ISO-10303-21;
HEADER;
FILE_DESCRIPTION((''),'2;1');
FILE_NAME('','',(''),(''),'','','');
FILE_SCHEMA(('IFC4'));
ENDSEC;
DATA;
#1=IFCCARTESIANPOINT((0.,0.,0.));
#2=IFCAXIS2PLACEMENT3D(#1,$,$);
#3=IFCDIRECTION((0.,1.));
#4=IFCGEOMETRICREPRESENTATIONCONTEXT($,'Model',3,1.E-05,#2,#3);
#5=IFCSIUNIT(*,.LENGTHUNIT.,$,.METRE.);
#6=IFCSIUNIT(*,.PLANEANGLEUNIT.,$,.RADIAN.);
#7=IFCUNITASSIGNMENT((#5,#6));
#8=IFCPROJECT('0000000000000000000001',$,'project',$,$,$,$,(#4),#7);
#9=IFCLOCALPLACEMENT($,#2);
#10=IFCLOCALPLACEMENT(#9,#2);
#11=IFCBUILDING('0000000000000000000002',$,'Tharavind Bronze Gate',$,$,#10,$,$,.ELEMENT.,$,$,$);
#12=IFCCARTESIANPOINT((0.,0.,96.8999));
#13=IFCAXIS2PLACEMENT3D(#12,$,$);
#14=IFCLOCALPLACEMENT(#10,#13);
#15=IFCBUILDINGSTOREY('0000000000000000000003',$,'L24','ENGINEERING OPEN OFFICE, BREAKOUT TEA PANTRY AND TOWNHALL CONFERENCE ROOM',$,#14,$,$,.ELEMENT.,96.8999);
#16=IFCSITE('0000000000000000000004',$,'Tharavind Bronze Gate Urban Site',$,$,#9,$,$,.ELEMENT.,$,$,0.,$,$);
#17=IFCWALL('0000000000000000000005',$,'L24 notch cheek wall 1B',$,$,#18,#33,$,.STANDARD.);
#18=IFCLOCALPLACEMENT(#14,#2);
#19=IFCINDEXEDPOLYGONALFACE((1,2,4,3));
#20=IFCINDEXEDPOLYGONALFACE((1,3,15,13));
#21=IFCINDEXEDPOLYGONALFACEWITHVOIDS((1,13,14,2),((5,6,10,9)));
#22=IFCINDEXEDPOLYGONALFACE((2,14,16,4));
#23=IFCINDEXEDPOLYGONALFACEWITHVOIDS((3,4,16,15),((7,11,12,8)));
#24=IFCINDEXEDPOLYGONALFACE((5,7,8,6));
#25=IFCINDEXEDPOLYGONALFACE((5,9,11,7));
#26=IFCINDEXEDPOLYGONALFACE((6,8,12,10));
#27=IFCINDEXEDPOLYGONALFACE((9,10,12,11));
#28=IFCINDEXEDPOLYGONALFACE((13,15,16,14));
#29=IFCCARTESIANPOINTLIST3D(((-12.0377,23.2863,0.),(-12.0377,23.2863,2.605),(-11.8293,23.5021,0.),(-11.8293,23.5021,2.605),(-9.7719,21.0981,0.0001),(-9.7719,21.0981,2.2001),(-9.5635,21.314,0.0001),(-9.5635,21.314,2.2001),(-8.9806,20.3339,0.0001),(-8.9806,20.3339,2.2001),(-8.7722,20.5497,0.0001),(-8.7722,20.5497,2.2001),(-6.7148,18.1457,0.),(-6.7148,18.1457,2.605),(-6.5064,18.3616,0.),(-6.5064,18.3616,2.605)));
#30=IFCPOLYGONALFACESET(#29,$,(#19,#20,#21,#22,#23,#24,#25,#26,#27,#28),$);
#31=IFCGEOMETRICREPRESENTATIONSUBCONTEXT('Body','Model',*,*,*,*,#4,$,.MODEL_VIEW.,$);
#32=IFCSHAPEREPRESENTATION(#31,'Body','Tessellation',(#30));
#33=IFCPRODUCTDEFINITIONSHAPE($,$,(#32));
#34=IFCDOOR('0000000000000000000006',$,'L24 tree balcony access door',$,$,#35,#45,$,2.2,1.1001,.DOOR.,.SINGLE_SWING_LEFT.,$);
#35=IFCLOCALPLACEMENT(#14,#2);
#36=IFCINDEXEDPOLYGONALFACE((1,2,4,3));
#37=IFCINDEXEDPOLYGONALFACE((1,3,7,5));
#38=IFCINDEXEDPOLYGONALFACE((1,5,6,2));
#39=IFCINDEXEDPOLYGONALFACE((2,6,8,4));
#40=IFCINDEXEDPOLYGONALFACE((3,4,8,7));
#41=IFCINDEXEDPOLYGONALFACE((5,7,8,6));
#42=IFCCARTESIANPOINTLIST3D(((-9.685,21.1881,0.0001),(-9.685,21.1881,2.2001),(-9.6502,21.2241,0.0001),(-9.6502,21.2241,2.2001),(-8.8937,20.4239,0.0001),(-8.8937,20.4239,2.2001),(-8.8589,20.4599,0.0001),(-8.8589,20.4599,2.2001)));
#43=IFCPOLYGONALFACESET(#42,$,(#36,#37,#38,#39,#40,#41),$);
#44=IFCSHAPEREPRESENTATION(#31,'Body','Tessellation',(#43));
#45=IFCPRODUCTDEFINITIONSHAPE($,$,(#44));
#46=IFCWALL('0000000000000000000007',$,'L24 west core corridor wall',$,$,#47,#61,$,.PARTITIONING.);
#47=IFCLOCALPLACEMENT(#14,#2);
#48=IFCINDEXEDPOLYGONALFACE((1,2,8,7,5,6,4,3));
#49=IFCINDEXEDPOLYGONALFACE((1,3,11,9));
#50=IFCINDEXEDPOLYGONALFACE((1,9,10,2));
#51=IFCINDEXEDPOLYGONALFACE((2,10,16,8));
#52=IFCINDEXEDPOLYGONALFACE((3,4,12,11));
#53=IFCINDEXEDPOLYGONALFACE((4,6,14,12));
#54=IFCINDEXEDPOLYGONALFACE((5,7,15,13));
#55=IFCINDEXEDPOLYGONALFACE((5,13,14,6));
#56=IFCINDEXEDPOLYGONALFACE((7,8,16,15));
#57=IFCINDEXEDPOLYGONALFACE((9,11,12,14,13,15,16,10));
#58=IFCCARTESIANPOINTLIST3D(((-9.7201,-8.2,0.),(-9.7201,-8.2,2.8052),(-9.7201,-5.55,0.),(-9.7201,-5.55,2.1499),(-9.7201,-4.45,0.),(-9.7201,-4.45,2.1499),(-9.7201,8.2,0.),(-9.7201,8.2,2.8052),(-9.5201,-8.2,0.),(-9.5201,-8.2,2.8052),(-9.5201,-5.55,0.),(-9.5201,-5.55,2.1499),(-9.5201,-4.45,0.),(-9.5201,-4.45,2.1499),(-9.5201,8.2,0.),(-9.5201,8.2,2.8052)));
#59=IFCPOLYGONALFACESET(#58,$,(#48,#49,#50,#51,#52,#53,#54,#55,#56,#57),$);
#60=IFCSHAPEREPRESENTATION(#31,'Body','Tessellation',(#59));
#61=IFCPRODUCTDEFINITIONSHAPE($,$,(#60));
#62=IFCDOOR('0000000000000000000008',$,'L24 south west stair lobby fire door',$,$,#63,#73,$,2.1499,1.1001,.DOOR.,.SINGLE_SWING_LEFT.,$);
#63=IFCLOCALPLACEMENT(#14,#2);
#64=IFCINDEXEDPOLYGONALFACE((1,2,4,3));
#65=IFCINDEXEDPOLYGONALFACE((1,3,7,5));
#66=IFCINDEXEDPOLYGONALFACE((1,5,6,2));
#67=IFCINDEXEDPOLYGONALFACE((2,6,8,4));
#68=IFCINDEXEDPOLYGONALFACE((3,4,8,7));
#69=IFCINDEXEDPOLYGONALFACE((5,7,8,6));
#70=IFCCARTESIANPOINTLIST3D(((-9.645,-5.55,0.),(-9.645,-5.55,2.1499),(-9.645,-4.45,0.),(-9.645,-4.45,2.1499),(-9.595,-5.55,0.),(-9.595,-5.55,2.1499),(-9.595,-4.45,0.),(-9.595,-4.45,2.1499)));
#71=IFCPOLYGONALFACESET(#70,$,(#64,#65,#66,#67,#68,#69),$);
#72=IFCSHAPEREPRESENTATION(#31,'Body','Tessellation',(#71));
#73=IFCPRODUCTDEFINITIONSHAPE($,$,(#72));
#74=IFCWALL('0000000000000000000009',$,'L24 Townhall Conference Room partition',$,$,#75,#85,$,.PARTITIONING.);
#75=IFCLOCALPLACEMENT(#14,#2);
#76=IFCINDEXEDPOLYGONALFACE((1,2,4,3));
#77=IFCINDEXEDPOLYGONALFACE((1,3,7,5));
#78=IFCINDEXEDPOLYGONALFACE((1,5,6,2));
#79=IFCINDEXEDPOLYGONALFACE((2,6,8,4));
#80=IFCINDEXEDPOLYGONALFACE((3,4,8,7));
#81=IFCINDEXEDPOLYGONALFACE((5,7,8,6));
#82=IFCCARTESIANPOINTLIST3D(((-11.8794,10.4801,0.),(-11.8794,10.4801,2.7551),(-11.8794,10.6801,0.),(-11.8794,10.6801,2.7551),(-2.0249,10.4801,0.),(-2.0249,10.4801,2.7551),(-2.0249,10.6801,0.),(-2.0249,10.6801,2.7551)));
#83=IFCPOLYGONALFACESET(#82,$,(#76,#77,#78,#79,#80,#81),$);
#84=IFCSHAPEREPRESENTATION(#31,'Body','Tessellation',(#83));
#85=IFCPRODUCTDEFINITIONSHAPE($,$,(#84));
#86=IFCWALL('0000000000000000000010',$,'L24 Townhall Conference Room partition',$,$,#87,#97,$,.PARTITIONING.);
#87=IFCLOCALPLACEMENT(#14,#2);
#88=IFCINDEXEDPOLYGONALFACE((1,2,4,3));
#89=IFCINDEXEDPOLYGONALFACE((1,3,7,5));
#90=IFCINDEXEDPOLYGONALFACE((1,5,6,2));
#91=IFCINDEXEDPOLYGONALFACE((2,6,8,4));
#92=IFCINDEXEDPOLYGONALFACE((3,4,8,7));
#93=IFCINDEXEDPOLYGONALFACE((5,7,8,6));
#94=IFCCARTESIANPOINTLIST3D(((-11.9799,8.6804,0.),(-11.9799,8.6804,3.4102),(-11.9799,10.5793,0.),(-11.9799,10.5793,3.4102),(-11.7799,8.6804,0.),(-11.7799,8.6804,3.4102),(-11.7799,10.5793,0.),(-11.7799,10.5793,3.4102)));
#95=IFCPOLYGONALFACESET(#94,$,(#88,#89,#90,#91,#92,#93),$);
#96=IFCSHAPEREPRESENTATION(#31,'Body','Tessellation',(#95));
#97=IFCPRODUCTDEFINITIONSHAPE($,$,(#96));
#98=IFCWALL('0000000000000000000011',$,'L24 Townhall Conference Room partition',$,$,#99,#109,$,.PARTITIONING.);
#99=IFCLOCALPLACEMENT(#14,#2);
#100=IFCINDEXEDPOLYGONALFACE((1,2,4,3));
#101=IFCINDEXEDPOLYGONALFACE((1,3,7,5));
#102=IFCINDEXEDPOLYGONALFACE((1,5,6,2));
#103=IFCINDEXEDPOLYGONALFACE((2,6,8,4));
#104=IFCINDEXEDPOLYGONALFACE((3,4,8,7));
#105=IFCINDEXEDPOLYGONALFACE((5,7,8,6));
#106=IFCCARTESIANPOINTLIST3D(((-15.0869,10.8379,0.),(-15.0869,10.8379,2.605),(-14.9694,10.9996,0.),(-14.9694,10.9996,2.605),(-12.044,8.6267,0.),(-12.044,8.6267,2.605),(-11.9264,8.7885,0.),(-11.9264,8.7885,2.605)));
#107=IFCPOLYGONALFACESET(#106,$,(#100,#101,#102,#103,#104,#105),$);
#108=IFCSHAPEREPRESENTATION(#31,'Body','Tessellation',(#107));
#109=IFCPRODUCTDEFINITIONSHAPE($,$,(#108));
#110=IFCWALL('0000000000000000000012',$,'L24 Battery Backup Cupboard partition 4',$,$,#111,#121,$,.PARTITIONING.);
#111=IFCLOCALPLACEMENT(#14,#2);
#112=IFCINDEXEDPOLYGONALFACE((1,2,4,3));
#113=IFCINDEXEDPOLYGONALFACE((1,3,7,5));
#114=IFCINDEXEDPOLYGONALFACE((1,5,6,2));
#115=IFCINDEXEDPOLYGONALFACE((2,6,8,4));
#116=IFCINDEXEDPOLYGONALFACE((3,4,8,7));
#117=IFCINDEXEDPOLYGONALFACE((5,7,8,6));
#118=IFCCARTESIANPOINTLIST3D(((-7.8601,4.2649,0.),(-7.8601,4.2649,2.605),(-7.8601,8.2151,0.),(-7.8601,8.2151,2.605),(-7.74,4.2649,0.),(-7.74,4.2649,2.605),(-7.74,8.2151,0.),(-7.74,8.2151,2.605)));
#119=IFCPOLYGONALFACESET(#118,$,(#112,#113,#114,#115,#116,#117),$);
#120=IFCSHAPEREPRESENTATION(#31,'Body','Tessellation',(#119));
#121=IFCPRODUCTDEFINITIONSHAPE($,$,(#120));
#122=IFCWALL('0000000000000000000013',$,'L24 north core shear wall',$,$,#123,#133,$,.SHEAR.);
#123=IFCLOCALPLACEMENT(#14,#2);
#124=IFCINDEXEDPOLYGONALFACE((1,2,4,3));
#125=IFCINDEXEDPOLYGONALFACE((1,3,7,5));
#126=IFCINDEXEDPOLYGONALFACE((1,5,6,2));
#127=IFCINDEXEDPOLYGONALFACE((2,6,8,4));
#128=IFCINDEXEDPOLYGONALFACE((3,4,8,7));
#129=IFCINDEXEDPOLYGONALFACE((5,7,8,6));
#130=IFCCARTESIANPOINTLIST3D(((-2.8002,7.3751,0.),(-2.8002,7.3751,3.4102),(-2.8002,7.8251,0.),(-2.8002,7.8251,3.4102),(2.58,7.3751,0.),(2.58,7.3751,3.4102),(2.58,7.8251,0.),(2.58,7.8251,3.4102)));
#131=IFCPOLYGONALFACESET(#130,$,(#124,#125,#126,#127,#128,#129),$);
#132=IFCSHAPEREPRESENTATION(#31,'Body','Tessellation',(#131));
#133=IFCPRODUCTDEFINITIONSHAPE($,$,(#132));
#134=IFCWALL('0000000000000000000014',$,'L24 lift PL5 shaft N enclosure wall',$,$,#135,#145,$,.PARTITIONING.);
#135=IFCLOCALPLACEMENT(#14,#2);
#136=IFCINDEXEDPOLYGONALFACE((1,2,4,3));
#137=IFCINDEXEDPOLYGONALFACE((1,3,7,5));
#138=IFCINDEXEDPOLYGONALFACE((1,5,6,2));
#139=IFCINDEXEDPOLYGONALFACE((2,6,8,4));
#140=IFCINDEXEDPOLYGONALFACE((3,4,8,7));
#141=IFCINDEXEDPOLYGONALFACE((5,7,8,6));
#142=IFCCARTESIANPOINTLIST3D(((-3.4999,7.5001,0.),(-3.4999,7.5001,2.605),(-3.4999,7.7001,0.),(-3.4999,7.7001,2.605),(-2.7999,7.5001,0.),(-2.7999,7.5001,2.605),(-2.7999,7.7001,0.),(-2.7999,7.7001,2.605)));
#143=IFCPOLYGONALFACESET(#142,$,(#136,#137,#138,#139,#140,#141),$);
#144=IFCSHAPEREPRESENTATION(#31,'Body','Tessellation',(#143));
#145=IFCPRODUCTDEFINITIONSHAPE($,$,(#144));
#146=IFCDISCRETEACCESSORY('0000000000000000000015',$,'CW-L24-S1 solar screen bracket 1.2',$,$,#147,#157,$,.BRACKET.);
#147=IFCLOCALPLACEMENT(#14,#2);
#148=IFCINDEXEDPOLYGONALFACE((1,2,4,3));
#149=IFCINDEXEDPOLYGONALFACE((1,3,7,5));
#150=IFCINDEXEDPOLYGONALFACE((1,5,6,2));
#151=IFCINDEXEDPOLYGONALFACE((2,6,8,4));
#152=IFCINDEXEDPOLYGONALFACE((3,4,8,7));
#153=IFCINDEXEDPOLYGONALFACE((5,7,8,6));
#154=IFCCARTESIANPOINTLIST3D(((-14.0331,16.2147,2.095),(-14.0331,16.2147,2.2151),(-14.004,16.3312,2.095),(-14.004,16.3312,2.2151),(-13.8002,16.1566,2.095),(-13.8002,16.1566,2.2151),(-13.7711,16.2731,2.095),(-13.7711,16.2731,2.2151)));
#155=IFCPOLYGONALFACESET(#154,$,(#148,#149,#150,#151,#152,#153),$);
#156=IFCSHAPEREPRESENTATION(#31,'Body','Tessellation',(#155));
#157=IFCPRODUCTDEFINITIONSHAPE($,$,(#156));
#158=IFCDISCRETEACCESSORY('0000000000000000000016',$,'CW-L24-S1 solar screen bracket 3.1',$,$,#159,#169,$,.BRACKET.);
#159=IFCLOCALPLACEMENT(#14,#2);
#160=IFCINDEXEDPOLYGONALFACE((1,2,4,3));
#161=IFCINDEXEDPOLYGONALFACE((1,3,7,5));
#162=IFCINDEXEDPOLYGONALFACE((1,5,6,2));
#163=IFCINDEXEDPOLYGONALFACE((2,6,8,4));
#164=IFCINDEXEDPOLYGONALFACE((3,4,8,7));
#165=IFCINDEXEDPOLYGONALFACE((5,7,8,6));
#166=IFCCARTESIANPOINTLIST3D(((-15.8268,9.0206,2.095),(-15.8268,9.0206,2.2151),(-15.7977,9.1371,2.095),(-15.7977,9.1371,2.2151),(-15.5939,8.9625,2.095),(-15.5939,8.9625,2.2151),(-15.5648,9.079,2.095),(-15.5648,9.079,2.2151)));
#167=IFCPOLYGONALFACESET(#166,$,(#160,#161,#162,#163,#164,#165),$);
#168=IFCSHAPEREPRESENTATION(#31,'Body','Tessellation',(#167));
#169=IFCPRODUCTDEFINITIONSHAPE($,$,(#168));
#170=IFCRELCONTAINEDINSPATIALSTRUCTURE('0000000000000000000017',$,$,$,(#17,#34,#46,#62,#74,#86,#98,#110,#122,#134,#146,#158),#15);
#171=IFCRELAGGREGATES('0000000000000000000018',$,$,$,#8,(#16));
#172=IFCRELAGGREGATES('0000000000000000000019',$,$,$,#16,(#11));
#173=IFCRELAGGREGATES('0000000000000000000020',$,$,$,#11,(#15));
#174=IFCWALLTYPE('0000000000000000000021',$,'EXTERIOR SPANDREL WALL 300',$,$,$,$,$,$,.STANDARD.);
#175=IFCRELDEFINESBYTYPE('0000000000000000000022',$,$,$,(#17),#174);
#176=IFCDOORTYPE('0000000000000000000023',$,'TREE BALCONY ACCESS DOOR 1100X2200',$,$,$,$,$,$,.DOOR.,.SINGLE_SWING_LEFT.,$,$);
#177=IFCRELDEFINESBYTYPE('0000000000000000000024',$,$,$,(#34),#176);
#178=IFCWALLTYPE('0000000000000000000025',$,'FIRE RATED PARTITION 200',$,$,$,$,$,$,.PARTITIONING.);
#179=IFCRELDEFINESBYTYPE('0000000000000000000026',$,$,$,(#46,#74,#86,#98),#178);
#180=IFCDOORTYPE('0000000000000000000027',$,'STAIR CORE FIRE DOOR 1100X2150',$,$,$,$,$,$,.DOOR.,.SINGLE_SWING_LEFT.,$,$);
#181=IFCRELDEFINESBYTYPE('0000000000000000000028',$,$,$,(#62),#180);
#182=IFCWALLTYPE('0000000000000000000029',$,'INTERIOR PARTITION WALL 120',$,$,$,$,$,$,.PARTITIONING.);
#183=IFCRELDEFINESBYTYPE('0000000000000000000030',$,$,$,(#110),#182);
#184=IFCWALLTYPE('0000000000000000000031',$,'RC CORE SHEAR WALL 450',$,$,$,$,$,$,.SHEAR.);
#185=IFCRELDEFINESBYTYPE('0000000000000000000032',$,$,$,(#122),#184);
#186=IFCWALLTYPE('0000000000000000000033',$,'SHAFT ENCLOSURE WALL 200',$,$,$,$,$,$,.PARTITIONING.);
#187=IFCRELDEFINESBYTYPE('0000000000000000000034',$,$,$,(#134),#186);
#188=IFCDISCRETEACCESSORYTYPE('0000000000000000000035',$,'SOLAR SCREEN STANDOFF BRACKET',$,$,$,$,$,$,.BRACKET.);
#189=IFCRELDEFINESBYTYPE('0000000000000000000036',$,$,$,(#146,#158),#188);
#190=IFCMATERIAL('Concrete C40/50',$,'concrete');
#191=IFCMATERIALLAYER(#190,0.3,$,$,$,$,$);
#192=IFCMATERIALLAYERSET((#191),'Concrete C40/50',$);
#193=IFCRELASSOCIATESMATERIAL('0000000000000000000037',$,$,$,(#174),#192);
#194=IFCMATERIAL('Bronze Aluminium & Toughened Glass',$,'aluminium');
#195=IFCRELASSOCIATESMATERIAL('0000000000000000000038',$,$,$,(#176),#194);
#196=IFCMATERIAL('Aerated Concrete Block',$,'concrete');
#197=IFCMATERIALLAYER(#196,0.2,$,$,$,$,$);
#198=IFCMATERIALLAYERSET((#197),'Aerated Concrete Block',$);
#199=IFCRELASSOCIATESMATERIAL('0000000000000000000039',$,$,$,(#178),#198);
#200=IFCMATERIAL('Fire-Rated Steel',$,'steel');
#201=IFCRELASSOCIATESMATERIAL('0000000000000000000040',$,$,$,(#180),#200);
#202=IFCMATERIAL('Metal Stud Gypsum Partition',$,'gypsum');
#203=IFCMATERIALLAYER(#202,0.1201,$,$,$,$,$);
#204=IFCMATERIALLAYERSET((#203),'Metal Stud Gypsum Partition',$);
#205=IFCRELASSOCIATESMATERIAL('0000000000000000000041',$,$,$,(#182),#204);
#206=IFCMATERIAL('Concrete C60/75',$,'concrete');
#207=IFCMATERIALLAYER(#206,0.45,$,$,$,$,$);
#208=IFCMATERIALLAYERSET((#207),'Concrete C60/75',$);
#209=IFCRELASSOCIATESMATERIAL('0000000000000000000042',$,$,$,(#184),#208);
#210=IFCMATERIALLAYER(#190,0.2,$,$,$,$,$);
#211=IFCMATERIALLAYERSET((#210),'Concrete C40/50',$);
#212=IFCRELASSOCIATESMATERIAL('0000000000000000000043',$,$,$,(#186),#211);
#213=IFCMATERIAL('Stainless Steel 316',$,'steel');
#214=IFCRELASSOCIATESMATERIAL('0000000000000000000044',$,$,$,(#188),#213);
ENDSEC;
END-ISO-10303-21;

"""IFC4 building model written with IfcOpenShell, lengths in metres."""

from ifc_helpers import new_model, si_unit, direction, frame, frame_2d, origin, origin_2d, place, context, subcontext, project, spatial, rectangle, extrude, material, layer, layer_set, type_object, element, fill, save


model = new_model("IFC4")

# Units and contexts
model_context = context("Model", 3, precision=1e-05, world=origin(), true_north=direction((0.0, 1.0)))
body_context = subcontext(model_context, "Body", "Model", "MODEL_VIEW")
ifc_project = project(units=[si_unit("LENGTHUNIT", "METRE"), si_unit("PLANEANGLEUNIT", "RADIAN")], contexts=[model_context])

# Site, building, storey
site_placement = place(None, origin())
site = spatial("IfcSite", under=ifc_project, at=site_placement, Name="Tharavind Bronze Gate Urban Site", CompositionType="ELEMENT", RefElevation=0.0)
building_placement = place(site_placement, origin())
building = spatial("IfcBuilding", under=site, at=building_placement, Name="Tharavind Bronze Gate", CompositionType="ELEMENT")
storey_placement = place(building_placement, frame((0.0, 0.0, 96.8999)))
storey = spatial("IfcBuildingStorey", under=building, at=storey_placement, Name="L24", Description="ENGINEERING OPEN OFFICE, BREAKOUT TEA PANTRY AND TOWNHALL CONFERENCE ROOM", CompositionType="ELEMENT", Elevation=96.8999)

# Walls, openings, doors
ifc_material_1 = material(Name="Concrete C40/50", Category="concrete")
ifc_layer_1 = layer(ifc_material_1, 0.3)
ifc_layer_set_1 = layer_set([ifc_layer_1], Name="Concrete C40/50")
wall_type_1 = type_object("IfcWallType", Name="EXTERIOR SPANDREL WALL 300", PredefinedType="STANDARD", material=ifc_layer_set_1)
wall_1_placement = place(storey_placement, frame((-6.6106, 18.2537, 0.0), z_axis=(0.0, 0.0, 1.0), x_axis=(-0.719322, 0.694677, 0.0)))
wall_1 = element("IfcWall", 1, at=wall_1_placement, inside=storey, type_object=wall_type_1, Name="L24 notch cheek wall 1B", PredefinedType="STANDARD", context=body_context, shape_type="SweptSolid", body=[
    extrude(rectangle(XDim=7.3999, YDim=0.3, at=frame_2d((3.7, 0.0))), origin(), (0.0, 0.0, 1.0), 2.605),
])
opening_1_placement = place(wall_1_placement, frame((3.1499, 0.0, 0.0)))
opening_1 = element("IfcOpeningElement", 2, at=opening_1_placement, cuts=wall_1, PredefinedType="OPENING", context=body_context, shape_type="SweptSolid", body=[
    extrude(rectangle(XDim=1.1001, YDim=2.2, at=frame_2d((0.55, 1.1001))), frame((0.0, 0.1599, 0.0), z_axis=(0.0, -1.0, 0.0), x_axis=(1.0, 0.0, 0.0)), (0.0, 0.0, 1.0), 0.32),
])
ifc_material_2 = material(Name="Bronze Aluminium & Toughened Glass", Category="aluminium")
door_type_1 = type_object("IfcDoorType", Name="TREE BALCONY ACCESS DOOR 1100X2200", OperationType="SINGLE_SWING_LEFT", PredefinedType="DOOR", material=ifc_material_2)
door_1_placement = place(opening_1_placement, origin())
door_1 = element("IfcDoor", 3, at=door_1_placement, inside=storey, type_object=door_type_1, Name="L24 tree balcony access door", OperationType="SINGLE_SWING_LEFT", OverallHeight=2.2, OverallWidth=1.1001, PredefinedType="DOOR", context=body_context, shape_type="SweptSolid", body=[
    extrude(rectangle(XDim=1.1001, YDim=2.2, at=frame_2d((0.55, 1.1001))), frame((0.0, 0.0249, 0.0), z_axis=(0.0, -1.0, 0.0), x_axis=(1.0, 0.0, 0.0)), (0.0, 0.0, 1.0), 0.05),
])
fill(opening_1, door_1)
ifc_material_3 = material(Name="Aerated Concrete Block", Category="concrete")
ifc_layer_2 = layer(ifc_material_3, 0.2)
ifc_layer_set_2 = layer_set([ifc_layer_2], Name="Aerated Concrete Block")
wall_type_2 = type_object("IfcWallType", Name="FIRE RATED PARTITION 200", PredefinedType="PARTITIONING", material=ifc_layer_set_2)
wall_2_placement = place(storey_placement, frame((-9.6201, 8.2, 0.0), z_axis=(0.0, 0.0, 1.0), x_axis=(0.0, -1.0, 0.0)))
wall_2 = element("IfcWall", 4, at=wall_2_placement, inside=storey, type_object=wall_type_2, Name="L24 west core corridor wall", PredefinedType="PARTITIONING", context=body_context, shape_type="SweptSolid", body=[
    extrude(rectangle(XDim=16.3999, YDim=0.2, at=frame_2d((8.2, 0.0))), origin(), (0.0, 0.0, 1.0), 2.8052),
])
opening_2_placement = place(wall_2_placement, frame((12.6499, 0.0, 0.0)))
opening_2 = element("IfcOpeningElement", 5, at=opening_2_placement, cuts=wall_2, PredefinedType="OPENING", context=body_context, shape_type="SweptSolid", body=[
    extrude(rectangle(XDim=1.1001, YDim=2.1499, at=frame_2d((0.55, 1.075))), frame((0.0, 0.1101, 0.0), z_axis=(0.0, -1.0, 0.0), x_axis=(1.0, 0.0, 0.0)), (0.0, 0.0, 1.0), 0.22),
])
ifc_material_4 = material(Name="Fire-Rated Steel", Category="steel")
door_type_2 = type_object("IfcDoorType", Name="STAIR CORE FIRE DOOR 1100X2150", OperationType="SINGLE_SWING_LEFT", PredefinedType="DOOR", material=ifc_material_4)
door_2_placement = place(opening_2_placement, frame((1.1001, 0.0, 0.0), z_axis=(0.0, 0.0, 1.0), x_axis=(-1.0, 0.0, 0.0)))
door_2 = element("IfcDoor", 6, at=door_2_placement, inside=storey, type_object=door_type_2, Name="L24 south west stair lobby fire door", OperationType="SINGLE_SWING_LEFT", OverallHeight=2.1499, OverallWidth=1.1001, PredefinedType="DOOR", context=body_context, shape_type="SweptSolid", body=[
    extrude(rectangle(XDim=1.1001, YDim=2.1499, at=frame_2d((0.55, 1.075))), frame((0.0, 0.0249, 0.0), z_axis=(0.0, -1.0, 0.0), x_axis=(1.0, 0.0, 0.0)), (0.0, 0.0, 1.0), 0.05),
])
fill(opening_2, door_2)

# Walls
wall_3_placement = place(storey_placement, frame((-2.0249, 10.5801, 0.0), z_axis=(0.0, 0.0, 1.0), x_axis=(-1.0, 0.0, 0.0)))
element("IfcWall", 7, at=wall_3_placement, inside=storey, type_object=wall_type_2, Name="L24 Townhall Conference Room partition", PredefinedType="PARTITIONING", context=body_context, shape_type="SweptSolid", body=[
    extrude(rectangle(XDim=9.8545, YDim=0.2, at=frame_2d((4.9272, 0.0))), origin(), (0.0, 0.0, 1.0), 2.7551),
])
wall_4_placement = place(storey_placement, frame((-11.8799, 10.5793, 0.0), z_axis=(0.0, 0.0, 1.0), x_axis=(0.0, -1.0, 0.0)))
element("IfcWall", 8, at=wall_4_placement, inside=storey, type_object=wall_type_2, Name="L24 Townhall Conference Room partition", PredefinedType="PARTITIONING", context=body_context, shape_type="SweptSolid", body=[
    extrude(rectangle(XDim=1.8989, YDim=0.2, at=frame_2d((0.9495, 0.0))), origin(), (0.0, 0.0, 1.0), 3.4102),
])
wall_5_placement = place(storey_placement, frame((-11.9851, 8.7075, 0.0), z_axis=(0.0, 0.0, 1.0), x_axis=(-0.808975, 0.587844, 0.0)))
element("IfcWall", 9, at=wall_5_placement, inside=storey, type_object=wall_type_2, Name="L24 Townhall Conference Room partition", PredefinedType="PARTITIONING", context=body_context, shape_type="SweptSolid", body=[
    extrude(rectangle(XDim=3.7615, YDim=0.2, at=frame_2d((1.8809, 0.0))), origin(), (0.0, 0.0, 1.0), 2.605),
])

# Walls
ifc_material_5 = material(Name="Metal Stud Gypsum Partition", Category="gypsum")
ifc_layer_3 = layer(ifc_material_5, 0.1201)
ifc_layer_set_3 = layer_set([ifc_layer_3], Name="Metal Stud Gypsum Partition")
wall_type_3 = type_object("IfcWallType", Name="INTERIOR PARTITION WALL 120", PredefinedType="PARTITIONING", material=ifc_layer_set_3)
wall_6_placement = place(storey_placement, frame((-7.8, 8.2151, 0.0), z_axis=(0.0, 0.0, 1.0), x_axis=(0.0, -1.0, 0.0)))
element("IfcWall", 10, at=wall_6_placement, inside=storey, type_object=wall_type_3, Name="L24 Battery Backup Cupboard partition 4", PredefinedType="PARTITIONING", context=body_context, shape_type="SweptSolid", body=[
    extrude(rectangle(XDim=3.9502, YDim=0.1201, at=frame_2d((1.9751, 0.0))), origin(), (0.0, 0.0, 1.0), 2.605),
])
ifc_material_6 = material(Name="Concrete C60/75", Category="concrete")
ifc_layer_4 = layer(ifc_material_6, 0.45)
ifc_layer_set_4 = layer_set([ifc_layer_4], Name="Concrete C60/75")
wall_type_4 = type_object("IfcWallType", Name="RC CORE SHEAR WALL 450", PredefinedType="SHEAR", material=ifc_layer_set_4)
wall_7_placement = place(storey_placement, frame((-2.8, 7.6001, 0.0), z_axis=(0.0, 0.0, 1.0), x_axis=(1.0, 0.0, 0.0)))
element("IfcWall", 11, at=wall_7_placement, inside=storey, type_object=wall_type_4, Name="L24 north core shear wall", PredefinedType="SHEAR", context=body_context, shape_type="SweptSolid", body=[
    extrude(rectangle(XDim=5.3801, YDim=0.45, at=frame_2d((2.6899, 0.0))), origin(), (0.0, 0.0, 1.0), 3.4102),
])
ifc_layer_5 = layer(ifc_material_1, 0.2)
ifc_layer_set_5 = layer_set([ifc_layer_5], Name="Concrete C40/50")
wall_type_5 = type_object("IfcWallType", Name="SHAFT ENCLOSURE WALL 200", PredefinedType="PARTITIONING", material=ifc_layer_set_5)
wall_8_placement = place(storey_placement, frame((-3.5, 7.6001, 0.0), z_axis=(0.0, 0.0, 1.0), x_axis=(1.0, 0.0, 0.0)))
element("IfcWall", 12, at=wall_8_placement, inside=storey, type_object=wall_type_5, Name="L24 lift PL5 shaft N enclosure wall", PredefinedType="PARTITIONING", context=body_context, shape_type="SweptSolid", body=[
    extrude(rectangle(XDim=0.7, YDim=0.2, at=frame_2d((0.3501, 0.0))), origin(), (0.0, 0.0, 1.0), 2.605),
])

# Discrete accessories
ifc_material_7 = material(Name="Stainless Steel 316", Category="steel")
discrete_accessory_type = type_object("IfcDiscreteAccessoryType", Name="SOLAR SCREEN STANDOFF BRACKET", PredefinedType="BRACKET", material=ifc_material_7)
for number, where, z_axis, x_axis, name in (
    (13, (-13.9021, 16.2439, 2.095), (0.0, 0.0, 1.0), (-0.241922, -0.970296, 0.0), "CW-L24-S1 solar screen bracket 1.2"),
    (14, (-15.6958, 9.0498, 2.095), (0.0, 0.0, 1.0), (-0.241922, -0.970296, 0.0), "CW-L24-S1 solar screen bracket 3.1"),
):
    element("IfcDiscreteAccessory", number, at=place(storey_placement, frame(where, z_axis=z_axis, x_axis=x_axis)), inside=storey, type_object=discrete_accessory_type, Name=name, PredefinedType="BRACKET", context=body_context, shape_type="SweptSolid", body=[
        extrude(rectangle(XDim=0.1201, YDim=0.24, at=origin_2d()), origin(), (0.0, 0.0, 1.0), 0.1201),
    ])

save(model, "model.ifc")
